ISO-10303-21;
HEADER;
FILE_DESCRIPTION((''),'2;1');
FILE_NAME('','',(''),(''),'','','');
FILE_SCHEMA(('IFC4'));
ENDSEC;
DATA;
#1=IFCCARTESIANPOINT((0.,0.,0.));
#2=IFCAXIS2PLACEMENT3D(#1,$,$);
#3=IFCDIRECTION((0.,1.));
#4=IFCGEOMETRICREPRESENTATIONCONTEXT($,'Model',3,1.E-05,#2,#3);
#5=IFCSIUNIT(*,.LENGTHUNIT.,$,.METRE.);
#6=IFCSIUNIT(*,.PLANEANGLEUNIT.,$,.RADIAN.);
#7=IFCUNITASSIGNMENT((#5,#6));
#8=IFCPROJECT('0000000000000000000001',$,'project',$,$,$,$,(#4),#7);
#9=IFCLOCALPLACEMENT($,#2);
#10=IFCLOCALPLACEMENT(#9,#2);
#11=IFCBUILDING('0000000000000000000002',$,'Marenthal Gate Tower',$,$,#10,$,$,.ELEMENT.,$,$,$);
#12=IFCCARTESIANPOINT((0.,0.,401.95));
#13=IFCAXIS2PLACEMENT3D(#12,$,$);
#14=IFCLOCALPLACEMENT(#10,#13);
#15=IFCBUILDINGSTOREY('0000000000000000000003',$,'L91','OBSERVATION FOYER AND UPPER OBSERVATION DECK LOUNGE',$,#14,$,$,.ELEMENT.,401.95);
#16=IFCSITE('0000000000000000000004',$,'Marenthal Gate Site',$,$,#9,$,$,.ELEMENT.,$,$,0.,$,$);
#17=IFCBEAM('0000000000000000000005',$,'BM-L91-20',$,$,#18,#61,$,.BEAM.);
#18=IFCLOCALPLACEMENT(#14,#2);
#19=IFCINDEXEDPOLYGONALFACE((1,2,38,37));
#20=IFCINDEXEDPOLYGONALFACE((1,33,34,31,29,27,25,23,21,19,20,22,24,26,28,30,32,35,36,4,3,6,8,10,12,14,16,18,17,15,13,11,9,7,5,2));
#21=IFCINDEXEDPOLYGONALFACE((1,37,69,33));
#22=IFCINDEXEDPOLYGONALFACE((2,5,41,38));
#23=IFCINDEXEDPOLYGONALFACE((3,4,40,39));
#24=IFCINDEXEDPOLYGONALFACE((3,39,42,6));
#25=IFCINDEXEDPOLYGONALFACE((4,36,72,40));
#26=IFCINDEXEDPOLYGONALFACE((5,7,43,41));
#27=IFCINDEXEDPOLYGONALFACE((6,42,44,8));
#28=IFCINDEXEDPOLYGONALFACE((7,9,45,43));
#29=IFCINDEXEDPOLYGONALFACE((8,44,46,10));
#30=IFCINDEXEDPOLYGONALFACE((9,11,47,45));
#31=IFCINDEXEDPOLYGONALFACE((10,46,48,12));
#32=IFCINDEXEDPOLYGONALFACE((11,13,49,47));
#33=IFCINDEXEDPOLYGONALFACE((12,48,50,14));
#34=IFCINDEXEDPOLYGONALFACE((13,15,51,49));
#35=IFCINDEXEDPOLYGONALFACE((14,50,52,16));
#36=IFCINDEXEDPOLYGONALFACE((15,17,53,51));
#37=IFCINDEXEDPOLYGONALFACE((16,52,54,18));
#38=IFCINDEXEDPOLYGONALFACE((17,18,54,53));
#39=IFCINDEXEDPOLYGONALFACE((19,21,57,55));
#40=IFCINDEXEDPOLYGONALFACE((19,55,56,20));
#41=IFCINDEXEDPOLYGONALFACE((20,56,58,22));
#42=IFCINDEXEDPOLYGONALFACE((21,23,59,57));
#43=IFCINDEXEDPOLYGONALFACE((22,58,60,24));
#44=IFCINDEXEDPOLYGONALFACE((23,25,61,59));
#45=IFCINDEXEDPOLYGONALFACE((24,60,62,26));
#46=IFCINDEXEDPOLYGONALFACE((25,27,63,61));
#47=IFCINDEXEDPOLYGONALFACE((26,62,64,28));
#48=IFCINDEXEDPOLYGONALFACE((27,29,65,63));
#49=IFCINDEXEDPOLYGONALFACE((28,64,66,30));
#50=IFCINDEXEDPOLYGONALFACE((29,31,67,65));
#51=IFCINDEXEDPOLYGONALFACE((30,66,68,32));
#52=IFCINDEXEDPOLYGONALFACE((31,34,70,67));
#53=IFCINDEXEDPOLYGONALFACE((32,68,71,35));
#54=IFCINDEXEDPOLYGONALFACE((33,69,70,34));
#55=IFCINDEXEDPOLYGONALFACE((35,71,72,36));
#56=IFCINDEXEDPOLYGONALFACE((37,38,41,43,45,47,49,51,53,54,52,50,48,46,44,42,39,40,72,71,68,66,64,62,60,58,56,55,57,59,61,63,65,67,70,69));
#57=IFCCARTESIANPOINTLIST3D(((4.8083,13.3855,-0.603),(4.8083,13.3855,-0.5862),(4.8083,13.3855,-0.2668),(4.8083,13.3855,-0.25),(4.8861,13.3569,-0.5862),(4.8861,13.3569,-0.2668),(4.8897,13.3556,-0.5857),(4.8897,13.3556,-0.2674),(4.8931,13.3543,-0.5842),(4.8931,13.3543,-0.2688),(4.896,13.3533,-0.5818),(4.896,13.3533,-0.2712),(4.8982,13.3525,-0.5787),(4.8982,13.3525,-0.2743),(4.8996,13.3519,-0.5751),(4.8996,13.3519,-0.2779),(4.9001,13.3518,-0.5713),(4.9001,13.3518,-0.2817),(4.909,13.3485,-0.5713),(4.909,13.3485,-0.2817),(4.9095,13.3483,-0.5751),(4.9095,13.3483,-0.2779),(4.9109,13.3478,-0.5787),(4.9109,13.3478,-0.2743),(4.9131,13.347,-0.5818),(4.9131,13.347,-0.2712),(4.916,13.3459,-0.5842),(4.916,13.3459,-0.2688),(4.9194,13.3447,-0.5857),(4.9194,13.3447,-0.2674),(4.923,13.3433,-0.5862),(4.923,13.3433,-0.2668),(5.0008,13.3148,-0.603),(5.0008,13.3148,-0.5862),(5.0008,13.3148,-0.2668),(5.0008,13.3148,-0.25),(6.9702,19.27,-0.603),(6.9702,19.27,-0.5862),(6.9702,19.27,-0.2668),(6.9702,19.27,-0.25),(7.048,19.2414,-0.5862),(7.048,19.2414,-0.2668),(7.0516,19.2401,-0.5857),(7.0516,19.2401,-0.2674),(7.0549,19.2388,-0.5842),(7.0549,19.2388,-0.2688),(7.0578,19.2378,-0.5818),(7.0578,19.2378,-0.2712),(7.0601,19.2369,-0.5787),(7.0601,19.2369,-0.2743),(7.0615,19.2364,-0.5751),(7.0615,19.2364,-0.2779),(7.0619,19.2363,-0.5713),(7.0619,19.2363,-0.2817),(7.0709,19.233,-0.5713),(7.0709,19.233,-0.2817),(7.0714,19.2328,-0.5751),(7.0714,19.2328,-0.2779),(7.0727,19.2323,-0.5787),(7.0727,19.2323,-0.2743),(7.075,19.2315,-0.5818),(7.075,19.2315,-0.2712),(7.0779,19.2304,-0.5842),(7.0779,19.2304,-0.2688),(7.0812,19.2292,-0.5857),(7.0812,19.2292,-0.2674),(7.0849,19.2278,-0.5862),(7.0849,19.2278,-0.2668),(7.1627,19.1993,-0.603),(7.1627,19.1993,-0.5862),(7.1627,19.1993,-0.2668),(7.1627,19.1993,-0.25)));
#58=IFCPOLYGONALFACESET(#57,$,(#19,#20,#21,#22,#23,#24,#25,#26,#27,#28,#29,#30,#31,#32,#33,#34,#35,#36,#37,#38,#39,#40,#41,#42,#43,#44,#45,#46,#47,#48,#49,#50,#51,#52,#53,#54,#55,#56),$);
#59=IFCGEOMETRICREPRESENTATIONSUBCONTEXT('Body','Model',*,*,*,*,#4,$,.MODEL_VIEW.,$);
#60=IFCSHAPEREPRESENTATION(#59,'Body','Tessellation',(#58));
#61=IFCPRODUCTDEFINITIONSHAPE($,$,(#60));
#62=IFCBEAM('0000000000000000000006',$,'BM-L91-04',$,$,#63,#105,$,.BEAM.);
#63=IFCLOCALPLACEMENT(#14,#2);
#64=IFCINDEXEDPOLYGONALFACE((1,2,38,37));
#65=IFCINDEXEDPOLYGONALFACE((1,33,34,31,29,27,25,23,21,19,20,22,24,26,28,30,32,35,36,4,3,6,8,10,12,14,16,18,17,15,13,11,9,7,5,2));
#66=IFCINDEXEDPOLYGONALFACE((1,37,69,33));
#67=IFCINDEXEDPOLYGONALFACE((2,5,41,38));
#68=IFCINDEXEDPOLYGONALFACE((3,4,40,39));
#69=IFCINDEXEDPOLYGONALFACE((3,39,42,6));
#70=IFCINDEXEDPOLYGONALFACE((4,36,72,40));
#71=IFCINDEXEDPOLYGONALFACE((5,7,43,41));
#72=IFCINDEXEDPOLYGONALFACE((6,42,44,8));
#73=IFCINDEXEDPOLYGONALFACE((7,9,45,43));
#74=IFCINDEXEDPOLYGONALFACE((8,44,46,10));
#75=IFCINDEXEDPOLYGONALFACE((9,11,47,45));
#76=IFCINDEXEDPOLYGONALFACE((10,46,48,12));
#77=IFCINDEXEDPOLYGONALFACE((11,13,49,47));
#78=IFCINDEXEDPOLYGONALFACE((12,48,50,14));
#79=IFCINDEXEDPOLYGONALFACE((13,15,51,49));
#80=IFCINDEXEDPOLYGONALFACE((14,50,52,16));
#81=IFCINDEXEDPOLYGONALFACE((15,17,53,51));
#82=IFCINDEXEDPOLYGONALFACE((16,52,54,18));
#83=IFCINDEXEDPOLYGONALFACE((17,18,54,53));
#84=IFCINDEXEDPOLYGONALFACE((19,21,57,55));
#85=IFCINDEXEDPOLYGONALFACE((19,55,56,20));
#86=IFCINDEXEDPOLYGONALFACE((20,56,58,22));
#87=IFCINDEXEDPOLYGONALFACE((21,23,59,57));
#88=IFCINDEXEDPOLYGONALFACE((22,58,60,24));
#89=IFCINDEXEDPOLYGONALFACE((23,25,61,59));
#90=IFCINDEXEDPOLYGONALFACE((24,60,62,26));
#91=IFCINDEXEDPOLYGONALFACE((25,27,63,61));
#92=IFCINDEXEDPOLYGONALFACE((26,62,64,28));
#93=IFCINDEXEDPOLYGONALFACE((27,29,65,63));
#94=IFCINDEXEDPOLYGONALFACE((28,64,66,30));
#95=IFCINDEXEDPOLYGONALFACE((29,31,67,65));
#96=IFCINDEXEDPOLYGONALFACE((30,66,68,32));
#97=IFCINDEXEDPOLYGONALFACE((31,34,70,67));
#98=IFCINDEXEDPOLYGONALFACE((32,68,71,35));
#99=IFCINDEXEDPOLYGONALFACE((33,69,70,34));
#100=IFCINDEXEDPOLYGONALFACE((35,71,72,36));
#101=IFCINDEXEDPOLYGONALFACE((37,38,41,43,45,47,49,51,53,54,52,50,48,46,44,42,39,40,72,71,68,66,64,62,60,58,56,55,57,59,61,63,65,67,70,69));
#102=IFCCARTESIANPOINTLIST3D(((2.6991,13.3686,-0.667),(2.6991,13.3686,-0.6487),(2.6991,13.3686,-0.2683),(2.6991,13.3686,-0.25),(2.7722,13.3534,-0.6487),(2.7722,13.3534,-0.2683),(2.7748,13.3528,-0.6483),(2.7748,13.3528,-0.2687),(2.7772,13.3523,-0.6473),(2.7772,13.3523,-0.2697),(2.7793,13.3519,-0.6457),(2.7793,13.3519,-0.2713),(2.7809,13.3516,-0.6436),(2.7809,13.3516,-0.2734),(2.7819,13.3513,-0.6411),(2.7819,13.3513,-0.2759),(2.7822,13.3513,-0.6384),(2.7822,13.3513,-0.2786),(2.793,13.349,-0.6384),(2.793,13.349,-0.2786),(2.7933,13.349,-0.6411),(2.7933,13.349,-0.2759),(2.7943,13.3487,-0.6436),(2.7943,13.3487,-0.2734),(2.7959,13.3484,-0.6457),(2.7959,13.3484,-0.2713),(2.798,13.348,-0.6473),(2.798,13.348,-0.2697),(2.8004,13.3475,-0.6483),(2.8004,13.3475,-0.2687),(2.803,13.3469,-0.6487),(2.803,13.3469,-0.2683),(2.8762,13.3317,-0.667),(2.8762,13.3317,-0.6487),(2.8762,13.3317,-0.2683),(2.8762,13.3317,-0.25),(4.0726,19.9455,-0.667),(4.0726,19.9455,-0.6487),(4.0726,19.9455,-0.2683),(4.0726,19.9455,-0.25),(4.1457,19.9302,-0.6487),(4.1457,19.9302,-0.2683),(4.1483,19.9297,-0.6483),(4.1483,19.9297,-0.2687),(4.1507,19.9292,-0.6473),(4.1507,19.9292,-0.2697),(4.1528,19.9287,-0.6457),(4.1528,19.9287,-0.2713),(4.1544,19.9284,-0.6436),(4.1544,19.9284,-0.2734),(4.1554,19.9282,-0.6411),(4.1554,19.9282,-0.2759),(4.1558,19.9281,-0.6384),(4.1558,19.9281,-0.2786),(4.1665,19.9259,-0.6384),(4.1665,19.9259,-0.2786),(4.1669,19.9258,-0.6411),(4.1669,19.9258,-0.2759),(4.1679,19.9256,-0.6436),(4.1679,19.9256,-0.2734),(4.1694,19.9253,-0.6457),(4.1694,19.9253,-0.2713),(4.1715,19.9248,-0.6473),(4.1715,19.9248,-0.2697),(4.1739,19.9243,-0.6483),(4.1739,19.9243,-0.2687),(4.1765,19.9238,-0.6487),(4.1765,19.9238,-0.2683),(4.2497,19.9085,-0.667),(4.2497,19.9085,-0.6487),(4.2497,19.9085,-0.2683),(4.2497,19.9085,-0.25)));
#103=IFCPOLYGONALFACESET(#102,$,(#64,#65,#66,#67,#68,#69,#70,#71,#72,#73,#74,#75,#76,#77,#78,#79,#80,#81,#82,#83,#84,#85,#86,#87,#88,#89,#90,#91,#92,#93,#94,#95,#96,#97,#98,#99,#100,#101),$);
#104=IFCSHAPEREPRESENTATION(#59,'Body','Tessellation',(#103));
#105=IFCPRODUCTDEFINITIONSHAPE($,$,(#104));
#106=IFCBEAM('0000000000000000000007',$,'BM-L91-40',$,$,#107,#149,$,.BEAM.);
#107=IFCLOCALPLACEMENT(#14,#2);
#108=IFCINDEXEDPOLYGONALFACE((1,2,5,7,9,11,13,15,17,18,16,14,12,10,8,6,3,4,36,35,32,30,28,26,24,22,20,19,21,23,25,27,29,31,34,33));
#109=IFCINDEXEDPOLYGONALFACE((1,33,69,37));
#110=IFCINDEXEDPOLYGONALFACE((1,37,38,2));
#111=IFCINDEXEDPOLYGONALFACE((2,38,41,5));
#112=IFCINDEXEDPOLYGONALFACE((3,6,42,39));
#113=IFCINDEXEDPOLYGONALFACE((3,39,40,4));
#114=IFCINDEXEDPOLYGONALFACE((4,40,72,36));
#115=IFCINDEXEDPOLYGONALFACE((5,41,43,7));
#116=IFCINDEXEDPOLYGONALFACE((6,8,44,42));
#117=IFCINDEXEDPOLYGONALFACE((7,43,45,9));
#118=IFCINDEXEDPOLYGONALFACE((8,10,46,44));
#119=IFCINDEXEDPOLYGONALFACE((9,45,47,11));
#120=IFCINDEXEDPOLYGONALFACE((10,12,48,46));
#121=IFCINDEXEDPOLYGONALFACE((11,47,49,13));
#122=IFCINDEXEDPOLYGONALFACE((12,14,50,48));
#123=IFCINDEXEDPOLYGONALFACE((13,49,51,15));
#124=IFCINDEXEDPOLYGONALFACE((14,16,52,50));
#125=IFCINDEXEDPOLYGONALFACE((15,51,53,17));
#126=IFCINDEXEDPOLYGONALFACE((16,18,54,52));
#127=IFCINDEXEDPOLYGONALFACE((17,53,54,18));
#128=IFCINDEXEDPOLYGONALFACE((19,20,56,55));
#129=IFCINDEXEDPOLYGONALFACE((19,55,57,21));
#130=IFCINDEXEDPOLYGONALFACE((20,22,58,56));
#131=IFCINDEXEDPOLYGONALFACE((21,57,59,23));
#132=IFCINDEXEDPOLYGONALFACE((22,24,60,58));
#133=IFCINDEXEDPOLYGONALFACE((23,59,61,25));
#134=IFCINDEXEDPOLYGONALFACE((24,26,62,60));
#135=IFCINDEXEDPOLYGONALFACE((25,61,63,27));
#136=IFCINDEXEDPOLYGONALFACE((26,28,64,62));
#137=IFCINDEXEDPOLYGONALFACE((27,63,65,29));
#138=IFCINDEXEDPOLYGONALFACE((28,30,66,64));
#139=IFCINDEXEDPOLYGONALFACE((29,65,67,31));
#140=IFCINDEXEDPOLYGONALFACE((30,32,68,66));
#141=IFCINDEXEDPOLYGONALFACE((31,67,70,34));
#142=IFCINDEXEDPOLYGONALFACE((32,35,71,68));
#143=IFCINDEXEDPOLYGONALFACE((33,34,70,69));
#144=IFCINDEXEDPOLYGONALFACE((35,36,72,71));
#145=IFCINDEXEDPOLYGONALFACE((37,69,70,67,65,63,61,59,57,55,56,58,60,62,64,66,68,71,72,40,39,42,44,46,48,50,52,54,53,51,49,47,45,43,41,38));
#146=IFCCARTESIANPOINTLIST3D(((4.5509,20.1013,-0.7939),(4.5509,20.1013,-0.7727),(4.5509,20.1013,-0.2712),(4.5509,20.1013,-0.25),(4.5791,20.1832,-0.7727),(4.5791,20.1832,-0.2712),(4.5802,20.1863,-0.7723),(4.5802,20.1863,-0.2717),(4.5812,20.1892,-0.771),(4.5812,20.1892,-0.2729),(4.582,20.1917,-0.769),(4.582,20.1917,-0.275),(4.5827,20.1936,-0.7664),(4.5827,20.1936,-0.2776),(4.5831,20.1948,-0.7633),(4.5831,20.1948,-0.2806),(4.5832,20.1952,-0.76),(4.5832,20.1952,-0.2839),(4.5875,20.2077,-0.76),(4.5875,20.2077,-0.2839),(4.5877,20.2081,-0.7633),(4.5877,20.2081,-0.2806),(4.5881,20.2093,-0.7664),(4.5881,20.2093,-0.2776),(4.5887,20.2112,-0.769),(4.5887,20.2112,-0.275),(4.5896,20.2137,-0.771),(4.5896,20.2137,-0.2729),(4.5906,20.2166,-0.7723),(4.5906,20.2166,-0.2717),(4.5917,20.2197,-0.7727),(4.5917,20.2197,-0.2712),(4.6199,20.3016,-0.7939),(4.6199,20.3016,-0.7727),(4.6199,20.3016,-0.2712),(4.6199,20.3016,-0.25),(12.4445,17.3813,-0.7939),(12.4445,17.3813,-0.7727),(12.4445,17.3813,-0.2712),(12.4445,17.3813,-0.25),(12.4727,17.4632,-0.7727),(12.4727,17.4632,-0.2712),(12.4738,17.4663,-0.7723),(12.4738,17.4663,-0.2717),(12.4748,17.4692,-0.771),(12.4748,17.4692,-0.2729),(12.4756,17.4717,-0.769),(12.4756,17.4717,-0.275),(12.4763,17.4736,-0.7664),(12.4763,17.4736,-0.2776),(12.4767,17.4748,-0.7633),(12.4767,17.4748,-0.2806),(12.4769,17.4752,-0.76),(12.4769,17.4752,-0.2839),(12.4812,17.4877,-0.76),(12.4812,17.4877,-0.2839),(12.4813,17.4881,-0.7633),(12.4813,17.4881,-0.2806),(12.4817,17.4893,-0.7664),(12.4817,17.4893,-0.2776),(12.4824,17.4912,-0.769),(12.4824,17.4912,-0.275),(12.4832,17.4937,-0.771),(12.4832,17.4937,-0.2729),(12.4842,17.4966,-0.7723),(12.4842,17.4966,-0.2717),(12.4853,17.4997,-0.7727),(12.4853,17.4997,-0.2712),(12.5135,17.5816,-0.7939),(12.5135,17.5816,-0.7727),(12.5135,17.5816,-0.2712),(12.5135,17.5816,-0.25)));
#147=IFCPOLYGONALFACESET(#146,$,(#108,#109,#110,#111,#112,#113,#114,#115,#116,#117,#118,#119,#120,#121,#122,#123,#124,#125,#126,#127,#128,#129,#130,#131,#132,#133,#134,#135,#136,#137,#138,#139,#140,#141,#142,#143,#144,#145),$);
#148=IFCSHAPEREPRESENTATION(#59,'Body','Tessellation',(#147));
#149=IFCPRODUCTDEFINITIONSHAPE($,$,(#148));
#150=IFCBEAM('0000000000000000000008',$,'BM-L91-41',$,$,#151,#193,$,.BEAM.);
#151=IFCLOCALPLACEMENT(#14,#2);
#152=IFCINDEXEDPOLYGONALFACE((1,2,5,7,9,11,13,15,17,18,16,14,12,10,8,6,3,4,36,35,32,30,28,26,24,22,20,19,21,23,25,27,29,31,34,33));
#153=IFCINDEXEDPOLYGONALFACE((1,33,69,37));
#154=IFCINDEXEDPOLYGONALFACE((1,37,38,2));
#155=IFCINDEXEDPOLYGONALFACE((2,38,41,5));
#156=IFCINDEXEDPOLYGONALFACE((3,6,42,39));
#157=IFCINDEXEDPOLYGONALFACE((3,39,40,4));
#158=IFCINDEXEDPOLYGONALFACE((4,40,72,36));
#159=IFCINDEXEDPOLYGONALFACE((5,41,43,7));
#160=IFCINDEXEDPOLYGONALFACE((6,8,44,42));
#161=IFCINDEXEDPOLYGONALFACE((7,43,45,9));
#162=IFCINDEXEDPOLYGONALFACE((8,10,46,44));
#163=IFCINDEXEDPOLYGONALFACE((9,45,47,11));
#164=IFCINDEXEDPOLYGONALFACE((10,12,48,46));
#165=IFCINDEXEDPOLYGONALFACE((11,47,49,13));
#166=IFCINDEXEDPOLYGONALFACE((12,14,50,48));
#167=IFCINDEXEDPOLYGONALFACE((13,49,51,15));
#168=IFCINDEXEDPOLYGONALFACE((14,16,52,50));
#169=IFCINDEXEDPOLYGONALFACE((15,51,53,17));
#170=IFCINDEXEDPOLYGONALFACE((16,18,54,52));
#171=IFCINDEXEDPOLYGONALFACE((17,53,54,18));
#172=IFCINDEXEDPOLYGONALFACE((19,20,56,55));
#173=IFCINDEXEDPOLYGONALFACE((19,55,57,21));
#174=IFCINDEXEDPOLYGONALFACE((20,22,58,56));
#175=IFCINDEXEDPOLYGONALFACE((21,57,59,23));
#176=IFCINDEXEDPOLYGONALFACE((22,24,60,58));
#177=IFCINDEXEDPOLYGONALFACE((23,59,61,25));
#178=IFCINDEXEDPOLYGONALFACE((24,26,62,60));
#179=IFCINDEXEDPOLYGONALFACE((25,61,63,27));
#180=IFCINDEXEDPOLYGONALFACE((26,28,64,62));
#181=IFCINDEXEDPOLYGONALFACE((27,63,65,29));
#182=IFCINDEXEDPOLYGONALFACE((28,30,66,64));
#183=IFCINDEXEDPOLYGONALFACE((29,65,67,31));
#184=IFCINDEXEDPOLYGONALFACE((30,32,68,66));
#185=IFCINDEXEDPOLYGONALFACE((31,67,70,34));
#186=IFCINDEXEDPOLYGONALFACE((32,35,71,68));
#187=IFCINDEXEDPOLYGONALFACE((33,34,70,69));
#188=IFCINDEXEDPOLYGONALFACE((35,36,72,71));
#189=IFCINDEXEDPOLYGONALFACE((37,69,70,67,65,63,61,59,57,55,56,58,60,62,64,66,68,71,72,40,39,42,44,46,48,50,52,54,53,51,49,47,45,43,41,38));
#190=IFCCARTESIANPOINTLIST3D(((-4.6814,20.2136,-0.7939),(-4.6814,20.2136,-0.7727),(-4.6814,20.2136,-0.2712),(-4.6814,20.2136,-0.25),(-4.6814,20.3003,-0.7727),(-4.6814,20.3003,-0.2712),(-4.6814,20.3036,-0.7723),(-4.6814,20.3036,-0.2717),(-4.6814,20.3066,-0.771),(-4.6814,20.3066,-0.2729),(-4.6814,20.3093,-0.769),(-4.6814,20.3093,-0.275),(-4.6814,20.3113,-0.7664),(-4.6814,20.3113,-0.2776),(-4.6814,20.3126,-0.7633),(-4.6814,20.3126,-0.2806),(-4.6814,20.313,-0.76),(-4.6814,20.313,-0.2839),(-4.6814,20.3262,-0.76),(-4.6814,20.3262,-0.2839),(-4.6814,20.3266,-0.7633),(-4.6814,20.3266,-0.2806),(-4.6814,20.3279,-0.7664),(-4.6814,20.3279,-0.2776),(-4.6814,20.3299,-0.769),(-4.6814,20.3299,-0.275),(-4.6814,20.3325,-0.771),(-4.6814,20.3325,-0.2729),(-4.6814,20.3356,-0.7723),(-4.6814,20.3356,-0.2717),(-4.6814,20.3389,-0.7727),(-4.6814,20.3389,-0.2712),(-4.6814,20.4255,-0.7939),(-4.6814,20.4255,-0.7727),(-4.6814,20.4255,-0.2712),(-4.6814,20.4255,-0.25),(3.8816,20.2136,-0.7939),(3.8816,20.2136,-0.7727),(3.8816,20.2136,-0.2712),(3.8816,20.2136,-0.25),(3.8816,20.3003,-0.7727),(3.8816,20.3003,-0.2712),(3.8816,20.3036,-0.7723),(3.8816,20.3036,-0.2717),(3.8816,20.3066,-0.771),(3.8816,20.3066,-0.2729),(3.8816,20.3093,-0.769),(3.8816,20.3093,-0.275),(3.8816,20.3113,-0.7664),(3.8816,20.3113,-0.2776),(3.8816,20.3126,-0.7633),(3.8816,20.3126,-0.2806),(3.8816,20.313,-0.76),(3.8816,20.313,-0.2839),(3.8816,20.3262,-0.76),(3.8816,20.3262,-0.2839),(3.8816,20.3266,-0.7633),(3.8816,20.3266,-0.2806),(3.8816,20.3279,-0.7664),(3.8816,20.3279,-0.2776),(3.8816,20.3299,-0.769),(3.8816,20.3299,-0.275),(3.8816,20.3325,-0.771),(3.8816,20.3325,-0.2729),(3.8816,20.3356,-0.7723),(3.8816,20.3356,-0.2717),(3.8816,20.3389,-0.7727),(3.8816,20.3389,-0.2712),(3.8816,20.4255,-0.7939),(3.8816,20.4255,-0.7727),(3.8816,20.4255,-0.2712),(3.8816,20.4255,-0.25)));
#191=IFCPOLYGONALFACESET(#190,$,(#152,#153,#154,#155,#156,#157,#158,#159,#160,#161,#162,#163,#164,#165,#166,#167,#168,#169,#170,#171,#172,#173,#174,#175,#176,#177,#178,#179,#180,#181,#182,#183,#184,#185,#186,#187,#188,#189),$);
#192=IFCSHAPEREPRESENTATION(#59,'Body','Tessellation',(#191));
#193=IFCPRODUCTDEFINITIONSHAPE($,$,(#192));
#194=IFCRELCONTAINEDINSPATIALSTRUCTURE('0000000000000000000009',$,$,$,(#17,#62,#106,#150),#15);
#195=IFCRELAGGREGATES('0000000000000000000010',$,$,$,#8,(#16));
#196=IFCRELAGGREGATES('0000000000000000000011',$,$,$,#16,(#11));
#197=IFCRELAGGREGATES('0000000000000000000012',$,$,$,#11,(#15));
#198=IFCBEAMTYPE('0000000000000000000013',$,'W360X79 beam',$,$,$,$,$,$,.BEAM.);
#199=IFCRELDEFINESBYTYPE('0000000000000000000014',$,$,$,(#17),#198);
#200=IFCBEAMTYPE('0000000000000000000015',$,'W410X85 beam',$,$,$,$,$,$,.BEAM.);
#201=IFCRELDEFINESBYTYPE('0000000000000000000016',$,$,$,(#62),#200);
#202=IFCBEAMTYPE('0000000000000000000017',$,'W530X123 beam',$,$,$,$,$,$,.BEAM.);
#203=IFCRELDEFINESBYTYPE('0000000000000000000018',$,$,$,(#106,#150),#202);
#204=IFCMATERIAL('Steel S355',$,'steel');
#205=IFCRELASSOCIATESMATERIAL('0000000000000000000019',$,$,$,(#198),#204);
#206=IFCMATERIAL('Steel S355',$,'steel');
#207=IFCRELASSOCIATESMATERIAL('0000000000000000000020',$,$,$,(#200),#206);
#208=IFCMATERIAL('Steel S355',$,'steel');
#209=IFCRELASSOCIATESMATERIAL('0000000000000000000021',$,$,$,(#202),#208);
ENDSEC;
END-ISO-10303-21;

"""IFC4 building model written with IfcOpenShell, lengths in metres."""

from ifc_helpers import new_model, si_unit, direction, frame, origin, origin_2d, place, context, subcontext, project, spatial, i_section, extrude, material, material_profile, profile_set, type_object, element, save


model = new_model("IFC4")

# Units and contexts
model_context = context("Model", 3, precision=1e-05, world=origin(), true_north=direction((0.0, 1.0)))
body_context = subcontext(model_context, "Body", "Model", "MODEL_VIEW")
ifc_project = project(units=[si_unit("LENGTHUNIT", "METRE"), si_unit("PLANEANGLEUNIT", "RADIAN")], contexts=[model_context])

# Site, building, storey
site_placement = place(None, origin())
site = spatial("IfcSite", under=ifc_project, at=site_placement, Name="Marenthal Gate Site", CompositionType="ELEMENT", RefElevation=0.0)
building_placement = place(site_placement, origin())
building = spatial("IfcBuilding", under=site, at=building_placement, Name="Marenthal Gate Tower", CompositionType="ELEMENT")
storey_placement = place(building_placement, frame((0.0, 0.0, 401.95)))
storey = spatial("IfcBuildingStorey", under=building, at=storey_placement, Name="L91", Description="OBSERVATION FOYER AND UPPER OBSERVATION DECK LOUNGE", CompositionType="ELEMENT", Elevation=401.95)

# Beams
ifc_material_1 = material(Name="Steel S355", Category="steel")
ifc_material_profile_1 = material_profile(ifc_material_1, i_section(OverallWidth=0.2051, OverallDepth=0.353, WebThickness=0.0095, FlangeThickness=0.0168, FilletRadius=0.0149, at=origin_2d()), Name="W360X79")
ifc_profile_set_1 = profile_set([ifc_material_profile_1], Name="Steel S355")
beam_type_1 = type_object("IfcBeamType", Name="W360X79 beam", PredefinedType="BEAM", material=ifc_profile_set_1)
beam_1_placement = place(storey_placement, frame((7.0664, 19.2346, -0.4265), z_axis=(-0.344846, -0.938659, 0.0), x_axis=(0.938659, -0.344846, 0.0)))
element("IfcBeam", 1, at=beam_1_placement, inside=storey, type_object=beam_type_1, Name="BM-L91-20", PredefinedType="BEAM", context=body_context, shape_type="SweptSolid", body=[
    extrude(i_section(OverallWidth=0.2051, OverallDepth=0.353, WebThickness=0.0095, FlangeThickness=0.0168, FilletRadius=0.0149, at=origin_2d()), origin(), (0.0, 0.0, 1.0), 6.269),
])
ifc_material_2 = material(Name="Steel S355", Category="steel")
ifc_material_profile_2 = material_profile(ifc_material_2, i_section(OverallWidth=0.1809, OverallDepth=0.417, WebThickness=0.011, FlangeThickness=0.0183, FilletRadius=0.0103, at=origin_2d()), Name="W410X85")
ifc_profile_set_2 = profile_set([ifc_material_profile_2], Name="Steel S355")
beam_type_2 = type_object("IfcBeamType", Name="W410X85 beam", PredefinedType="BEAM", material=ifc_profile_set_2)
beam_2_placement = place(storey_placement, frame((4.1611, 19.927, -0.4585), z_axis=(-0.204432, -0.978881, 0.0), x_axis=(0.978881, -0.204432, 0.0)))
element("IfcBeam", 2, at=beam_2_placement, inside=storey, type_object=beam_type_2, Name="BM-L91-04", PredefinedType="BEAM", context=body_context, shape_type="SweptSolid", body=[
    extrude(i_section(OverallWidth=0.1809, OverallDepth=0.417, WebThickness=0.011, FlangeThickness=0.0183, FilletRadius=0.0103, at=origin_2d()), origin(), (0.0, 0.0, 1.0), 6.7188),
])
ifc_material_3 = material(Name="Steel S355", Category="steel")
ifc_material_profile_3 = material_profile(ifc_material_3, i_section(OverallWidth=0.2119, OverallDepth=0.5439, WebThickness=0.0132, FlangeThickness=0.0212, FilletRadius=0.0127, at=origin_2d()), Name="W530X123")
ifc_profile_set_3 = profile_set([ifc_material_profile_3], Name="Steel S355")
beam_type_3 = type_object("IfcBeamType", Name="W530X123 beam", PredefinedType="BEAM", material=ifc_profile_set_3)
beam_3_placement = place(storey_placement, frame((12.479, 17.4814, -0.522), z_axis=(-0.945445, 0.325783, 0.0), x_axis=(-0.325783, -0.945445, 0.0)))
element("IfcBeam", 3, at=beam_3_placement, inside=storey, type_object=beam_type_3, Name="BM-L91-40", PredefinedType="BEAM", context=body_context, shape_type="SweptSolid", body=[
    extrude(i_section(OverallWidth=0.2119, OverallDepth=0.5439, WebThickness=0.0132, FlangeThickness=0.0212, FilletRadius=0.0127, at=origin_2d()), origin(), (0.0, 0.0, 1.0), 8.3491),
])
beam_4_placement = place(storey_placement, frame((3.8816, 20.3196, -0.522), z_axis=(-1.0, 0.0, 0.0), x_axis=(0.0, -1.0, 0.0)))
element("IfcBeam", 4, at=beam_4_placement, inside=storey, type_object=beam_type_3, Name="BM-L91-41", PredefinedType="BEAM", context=body_context, shape_type="SweptSolid", body=[
    extrude(i_section(OverallWidth=0.2119, OverallDepth=0.5439, WebThickness=0.0132, FlangeThickness=0.0212, FilletRadius=0.0127, at=origin_2d()), origin(), (0.0, 0.0, 1.0), 8.563),
])

save(model, "model.ifc")
